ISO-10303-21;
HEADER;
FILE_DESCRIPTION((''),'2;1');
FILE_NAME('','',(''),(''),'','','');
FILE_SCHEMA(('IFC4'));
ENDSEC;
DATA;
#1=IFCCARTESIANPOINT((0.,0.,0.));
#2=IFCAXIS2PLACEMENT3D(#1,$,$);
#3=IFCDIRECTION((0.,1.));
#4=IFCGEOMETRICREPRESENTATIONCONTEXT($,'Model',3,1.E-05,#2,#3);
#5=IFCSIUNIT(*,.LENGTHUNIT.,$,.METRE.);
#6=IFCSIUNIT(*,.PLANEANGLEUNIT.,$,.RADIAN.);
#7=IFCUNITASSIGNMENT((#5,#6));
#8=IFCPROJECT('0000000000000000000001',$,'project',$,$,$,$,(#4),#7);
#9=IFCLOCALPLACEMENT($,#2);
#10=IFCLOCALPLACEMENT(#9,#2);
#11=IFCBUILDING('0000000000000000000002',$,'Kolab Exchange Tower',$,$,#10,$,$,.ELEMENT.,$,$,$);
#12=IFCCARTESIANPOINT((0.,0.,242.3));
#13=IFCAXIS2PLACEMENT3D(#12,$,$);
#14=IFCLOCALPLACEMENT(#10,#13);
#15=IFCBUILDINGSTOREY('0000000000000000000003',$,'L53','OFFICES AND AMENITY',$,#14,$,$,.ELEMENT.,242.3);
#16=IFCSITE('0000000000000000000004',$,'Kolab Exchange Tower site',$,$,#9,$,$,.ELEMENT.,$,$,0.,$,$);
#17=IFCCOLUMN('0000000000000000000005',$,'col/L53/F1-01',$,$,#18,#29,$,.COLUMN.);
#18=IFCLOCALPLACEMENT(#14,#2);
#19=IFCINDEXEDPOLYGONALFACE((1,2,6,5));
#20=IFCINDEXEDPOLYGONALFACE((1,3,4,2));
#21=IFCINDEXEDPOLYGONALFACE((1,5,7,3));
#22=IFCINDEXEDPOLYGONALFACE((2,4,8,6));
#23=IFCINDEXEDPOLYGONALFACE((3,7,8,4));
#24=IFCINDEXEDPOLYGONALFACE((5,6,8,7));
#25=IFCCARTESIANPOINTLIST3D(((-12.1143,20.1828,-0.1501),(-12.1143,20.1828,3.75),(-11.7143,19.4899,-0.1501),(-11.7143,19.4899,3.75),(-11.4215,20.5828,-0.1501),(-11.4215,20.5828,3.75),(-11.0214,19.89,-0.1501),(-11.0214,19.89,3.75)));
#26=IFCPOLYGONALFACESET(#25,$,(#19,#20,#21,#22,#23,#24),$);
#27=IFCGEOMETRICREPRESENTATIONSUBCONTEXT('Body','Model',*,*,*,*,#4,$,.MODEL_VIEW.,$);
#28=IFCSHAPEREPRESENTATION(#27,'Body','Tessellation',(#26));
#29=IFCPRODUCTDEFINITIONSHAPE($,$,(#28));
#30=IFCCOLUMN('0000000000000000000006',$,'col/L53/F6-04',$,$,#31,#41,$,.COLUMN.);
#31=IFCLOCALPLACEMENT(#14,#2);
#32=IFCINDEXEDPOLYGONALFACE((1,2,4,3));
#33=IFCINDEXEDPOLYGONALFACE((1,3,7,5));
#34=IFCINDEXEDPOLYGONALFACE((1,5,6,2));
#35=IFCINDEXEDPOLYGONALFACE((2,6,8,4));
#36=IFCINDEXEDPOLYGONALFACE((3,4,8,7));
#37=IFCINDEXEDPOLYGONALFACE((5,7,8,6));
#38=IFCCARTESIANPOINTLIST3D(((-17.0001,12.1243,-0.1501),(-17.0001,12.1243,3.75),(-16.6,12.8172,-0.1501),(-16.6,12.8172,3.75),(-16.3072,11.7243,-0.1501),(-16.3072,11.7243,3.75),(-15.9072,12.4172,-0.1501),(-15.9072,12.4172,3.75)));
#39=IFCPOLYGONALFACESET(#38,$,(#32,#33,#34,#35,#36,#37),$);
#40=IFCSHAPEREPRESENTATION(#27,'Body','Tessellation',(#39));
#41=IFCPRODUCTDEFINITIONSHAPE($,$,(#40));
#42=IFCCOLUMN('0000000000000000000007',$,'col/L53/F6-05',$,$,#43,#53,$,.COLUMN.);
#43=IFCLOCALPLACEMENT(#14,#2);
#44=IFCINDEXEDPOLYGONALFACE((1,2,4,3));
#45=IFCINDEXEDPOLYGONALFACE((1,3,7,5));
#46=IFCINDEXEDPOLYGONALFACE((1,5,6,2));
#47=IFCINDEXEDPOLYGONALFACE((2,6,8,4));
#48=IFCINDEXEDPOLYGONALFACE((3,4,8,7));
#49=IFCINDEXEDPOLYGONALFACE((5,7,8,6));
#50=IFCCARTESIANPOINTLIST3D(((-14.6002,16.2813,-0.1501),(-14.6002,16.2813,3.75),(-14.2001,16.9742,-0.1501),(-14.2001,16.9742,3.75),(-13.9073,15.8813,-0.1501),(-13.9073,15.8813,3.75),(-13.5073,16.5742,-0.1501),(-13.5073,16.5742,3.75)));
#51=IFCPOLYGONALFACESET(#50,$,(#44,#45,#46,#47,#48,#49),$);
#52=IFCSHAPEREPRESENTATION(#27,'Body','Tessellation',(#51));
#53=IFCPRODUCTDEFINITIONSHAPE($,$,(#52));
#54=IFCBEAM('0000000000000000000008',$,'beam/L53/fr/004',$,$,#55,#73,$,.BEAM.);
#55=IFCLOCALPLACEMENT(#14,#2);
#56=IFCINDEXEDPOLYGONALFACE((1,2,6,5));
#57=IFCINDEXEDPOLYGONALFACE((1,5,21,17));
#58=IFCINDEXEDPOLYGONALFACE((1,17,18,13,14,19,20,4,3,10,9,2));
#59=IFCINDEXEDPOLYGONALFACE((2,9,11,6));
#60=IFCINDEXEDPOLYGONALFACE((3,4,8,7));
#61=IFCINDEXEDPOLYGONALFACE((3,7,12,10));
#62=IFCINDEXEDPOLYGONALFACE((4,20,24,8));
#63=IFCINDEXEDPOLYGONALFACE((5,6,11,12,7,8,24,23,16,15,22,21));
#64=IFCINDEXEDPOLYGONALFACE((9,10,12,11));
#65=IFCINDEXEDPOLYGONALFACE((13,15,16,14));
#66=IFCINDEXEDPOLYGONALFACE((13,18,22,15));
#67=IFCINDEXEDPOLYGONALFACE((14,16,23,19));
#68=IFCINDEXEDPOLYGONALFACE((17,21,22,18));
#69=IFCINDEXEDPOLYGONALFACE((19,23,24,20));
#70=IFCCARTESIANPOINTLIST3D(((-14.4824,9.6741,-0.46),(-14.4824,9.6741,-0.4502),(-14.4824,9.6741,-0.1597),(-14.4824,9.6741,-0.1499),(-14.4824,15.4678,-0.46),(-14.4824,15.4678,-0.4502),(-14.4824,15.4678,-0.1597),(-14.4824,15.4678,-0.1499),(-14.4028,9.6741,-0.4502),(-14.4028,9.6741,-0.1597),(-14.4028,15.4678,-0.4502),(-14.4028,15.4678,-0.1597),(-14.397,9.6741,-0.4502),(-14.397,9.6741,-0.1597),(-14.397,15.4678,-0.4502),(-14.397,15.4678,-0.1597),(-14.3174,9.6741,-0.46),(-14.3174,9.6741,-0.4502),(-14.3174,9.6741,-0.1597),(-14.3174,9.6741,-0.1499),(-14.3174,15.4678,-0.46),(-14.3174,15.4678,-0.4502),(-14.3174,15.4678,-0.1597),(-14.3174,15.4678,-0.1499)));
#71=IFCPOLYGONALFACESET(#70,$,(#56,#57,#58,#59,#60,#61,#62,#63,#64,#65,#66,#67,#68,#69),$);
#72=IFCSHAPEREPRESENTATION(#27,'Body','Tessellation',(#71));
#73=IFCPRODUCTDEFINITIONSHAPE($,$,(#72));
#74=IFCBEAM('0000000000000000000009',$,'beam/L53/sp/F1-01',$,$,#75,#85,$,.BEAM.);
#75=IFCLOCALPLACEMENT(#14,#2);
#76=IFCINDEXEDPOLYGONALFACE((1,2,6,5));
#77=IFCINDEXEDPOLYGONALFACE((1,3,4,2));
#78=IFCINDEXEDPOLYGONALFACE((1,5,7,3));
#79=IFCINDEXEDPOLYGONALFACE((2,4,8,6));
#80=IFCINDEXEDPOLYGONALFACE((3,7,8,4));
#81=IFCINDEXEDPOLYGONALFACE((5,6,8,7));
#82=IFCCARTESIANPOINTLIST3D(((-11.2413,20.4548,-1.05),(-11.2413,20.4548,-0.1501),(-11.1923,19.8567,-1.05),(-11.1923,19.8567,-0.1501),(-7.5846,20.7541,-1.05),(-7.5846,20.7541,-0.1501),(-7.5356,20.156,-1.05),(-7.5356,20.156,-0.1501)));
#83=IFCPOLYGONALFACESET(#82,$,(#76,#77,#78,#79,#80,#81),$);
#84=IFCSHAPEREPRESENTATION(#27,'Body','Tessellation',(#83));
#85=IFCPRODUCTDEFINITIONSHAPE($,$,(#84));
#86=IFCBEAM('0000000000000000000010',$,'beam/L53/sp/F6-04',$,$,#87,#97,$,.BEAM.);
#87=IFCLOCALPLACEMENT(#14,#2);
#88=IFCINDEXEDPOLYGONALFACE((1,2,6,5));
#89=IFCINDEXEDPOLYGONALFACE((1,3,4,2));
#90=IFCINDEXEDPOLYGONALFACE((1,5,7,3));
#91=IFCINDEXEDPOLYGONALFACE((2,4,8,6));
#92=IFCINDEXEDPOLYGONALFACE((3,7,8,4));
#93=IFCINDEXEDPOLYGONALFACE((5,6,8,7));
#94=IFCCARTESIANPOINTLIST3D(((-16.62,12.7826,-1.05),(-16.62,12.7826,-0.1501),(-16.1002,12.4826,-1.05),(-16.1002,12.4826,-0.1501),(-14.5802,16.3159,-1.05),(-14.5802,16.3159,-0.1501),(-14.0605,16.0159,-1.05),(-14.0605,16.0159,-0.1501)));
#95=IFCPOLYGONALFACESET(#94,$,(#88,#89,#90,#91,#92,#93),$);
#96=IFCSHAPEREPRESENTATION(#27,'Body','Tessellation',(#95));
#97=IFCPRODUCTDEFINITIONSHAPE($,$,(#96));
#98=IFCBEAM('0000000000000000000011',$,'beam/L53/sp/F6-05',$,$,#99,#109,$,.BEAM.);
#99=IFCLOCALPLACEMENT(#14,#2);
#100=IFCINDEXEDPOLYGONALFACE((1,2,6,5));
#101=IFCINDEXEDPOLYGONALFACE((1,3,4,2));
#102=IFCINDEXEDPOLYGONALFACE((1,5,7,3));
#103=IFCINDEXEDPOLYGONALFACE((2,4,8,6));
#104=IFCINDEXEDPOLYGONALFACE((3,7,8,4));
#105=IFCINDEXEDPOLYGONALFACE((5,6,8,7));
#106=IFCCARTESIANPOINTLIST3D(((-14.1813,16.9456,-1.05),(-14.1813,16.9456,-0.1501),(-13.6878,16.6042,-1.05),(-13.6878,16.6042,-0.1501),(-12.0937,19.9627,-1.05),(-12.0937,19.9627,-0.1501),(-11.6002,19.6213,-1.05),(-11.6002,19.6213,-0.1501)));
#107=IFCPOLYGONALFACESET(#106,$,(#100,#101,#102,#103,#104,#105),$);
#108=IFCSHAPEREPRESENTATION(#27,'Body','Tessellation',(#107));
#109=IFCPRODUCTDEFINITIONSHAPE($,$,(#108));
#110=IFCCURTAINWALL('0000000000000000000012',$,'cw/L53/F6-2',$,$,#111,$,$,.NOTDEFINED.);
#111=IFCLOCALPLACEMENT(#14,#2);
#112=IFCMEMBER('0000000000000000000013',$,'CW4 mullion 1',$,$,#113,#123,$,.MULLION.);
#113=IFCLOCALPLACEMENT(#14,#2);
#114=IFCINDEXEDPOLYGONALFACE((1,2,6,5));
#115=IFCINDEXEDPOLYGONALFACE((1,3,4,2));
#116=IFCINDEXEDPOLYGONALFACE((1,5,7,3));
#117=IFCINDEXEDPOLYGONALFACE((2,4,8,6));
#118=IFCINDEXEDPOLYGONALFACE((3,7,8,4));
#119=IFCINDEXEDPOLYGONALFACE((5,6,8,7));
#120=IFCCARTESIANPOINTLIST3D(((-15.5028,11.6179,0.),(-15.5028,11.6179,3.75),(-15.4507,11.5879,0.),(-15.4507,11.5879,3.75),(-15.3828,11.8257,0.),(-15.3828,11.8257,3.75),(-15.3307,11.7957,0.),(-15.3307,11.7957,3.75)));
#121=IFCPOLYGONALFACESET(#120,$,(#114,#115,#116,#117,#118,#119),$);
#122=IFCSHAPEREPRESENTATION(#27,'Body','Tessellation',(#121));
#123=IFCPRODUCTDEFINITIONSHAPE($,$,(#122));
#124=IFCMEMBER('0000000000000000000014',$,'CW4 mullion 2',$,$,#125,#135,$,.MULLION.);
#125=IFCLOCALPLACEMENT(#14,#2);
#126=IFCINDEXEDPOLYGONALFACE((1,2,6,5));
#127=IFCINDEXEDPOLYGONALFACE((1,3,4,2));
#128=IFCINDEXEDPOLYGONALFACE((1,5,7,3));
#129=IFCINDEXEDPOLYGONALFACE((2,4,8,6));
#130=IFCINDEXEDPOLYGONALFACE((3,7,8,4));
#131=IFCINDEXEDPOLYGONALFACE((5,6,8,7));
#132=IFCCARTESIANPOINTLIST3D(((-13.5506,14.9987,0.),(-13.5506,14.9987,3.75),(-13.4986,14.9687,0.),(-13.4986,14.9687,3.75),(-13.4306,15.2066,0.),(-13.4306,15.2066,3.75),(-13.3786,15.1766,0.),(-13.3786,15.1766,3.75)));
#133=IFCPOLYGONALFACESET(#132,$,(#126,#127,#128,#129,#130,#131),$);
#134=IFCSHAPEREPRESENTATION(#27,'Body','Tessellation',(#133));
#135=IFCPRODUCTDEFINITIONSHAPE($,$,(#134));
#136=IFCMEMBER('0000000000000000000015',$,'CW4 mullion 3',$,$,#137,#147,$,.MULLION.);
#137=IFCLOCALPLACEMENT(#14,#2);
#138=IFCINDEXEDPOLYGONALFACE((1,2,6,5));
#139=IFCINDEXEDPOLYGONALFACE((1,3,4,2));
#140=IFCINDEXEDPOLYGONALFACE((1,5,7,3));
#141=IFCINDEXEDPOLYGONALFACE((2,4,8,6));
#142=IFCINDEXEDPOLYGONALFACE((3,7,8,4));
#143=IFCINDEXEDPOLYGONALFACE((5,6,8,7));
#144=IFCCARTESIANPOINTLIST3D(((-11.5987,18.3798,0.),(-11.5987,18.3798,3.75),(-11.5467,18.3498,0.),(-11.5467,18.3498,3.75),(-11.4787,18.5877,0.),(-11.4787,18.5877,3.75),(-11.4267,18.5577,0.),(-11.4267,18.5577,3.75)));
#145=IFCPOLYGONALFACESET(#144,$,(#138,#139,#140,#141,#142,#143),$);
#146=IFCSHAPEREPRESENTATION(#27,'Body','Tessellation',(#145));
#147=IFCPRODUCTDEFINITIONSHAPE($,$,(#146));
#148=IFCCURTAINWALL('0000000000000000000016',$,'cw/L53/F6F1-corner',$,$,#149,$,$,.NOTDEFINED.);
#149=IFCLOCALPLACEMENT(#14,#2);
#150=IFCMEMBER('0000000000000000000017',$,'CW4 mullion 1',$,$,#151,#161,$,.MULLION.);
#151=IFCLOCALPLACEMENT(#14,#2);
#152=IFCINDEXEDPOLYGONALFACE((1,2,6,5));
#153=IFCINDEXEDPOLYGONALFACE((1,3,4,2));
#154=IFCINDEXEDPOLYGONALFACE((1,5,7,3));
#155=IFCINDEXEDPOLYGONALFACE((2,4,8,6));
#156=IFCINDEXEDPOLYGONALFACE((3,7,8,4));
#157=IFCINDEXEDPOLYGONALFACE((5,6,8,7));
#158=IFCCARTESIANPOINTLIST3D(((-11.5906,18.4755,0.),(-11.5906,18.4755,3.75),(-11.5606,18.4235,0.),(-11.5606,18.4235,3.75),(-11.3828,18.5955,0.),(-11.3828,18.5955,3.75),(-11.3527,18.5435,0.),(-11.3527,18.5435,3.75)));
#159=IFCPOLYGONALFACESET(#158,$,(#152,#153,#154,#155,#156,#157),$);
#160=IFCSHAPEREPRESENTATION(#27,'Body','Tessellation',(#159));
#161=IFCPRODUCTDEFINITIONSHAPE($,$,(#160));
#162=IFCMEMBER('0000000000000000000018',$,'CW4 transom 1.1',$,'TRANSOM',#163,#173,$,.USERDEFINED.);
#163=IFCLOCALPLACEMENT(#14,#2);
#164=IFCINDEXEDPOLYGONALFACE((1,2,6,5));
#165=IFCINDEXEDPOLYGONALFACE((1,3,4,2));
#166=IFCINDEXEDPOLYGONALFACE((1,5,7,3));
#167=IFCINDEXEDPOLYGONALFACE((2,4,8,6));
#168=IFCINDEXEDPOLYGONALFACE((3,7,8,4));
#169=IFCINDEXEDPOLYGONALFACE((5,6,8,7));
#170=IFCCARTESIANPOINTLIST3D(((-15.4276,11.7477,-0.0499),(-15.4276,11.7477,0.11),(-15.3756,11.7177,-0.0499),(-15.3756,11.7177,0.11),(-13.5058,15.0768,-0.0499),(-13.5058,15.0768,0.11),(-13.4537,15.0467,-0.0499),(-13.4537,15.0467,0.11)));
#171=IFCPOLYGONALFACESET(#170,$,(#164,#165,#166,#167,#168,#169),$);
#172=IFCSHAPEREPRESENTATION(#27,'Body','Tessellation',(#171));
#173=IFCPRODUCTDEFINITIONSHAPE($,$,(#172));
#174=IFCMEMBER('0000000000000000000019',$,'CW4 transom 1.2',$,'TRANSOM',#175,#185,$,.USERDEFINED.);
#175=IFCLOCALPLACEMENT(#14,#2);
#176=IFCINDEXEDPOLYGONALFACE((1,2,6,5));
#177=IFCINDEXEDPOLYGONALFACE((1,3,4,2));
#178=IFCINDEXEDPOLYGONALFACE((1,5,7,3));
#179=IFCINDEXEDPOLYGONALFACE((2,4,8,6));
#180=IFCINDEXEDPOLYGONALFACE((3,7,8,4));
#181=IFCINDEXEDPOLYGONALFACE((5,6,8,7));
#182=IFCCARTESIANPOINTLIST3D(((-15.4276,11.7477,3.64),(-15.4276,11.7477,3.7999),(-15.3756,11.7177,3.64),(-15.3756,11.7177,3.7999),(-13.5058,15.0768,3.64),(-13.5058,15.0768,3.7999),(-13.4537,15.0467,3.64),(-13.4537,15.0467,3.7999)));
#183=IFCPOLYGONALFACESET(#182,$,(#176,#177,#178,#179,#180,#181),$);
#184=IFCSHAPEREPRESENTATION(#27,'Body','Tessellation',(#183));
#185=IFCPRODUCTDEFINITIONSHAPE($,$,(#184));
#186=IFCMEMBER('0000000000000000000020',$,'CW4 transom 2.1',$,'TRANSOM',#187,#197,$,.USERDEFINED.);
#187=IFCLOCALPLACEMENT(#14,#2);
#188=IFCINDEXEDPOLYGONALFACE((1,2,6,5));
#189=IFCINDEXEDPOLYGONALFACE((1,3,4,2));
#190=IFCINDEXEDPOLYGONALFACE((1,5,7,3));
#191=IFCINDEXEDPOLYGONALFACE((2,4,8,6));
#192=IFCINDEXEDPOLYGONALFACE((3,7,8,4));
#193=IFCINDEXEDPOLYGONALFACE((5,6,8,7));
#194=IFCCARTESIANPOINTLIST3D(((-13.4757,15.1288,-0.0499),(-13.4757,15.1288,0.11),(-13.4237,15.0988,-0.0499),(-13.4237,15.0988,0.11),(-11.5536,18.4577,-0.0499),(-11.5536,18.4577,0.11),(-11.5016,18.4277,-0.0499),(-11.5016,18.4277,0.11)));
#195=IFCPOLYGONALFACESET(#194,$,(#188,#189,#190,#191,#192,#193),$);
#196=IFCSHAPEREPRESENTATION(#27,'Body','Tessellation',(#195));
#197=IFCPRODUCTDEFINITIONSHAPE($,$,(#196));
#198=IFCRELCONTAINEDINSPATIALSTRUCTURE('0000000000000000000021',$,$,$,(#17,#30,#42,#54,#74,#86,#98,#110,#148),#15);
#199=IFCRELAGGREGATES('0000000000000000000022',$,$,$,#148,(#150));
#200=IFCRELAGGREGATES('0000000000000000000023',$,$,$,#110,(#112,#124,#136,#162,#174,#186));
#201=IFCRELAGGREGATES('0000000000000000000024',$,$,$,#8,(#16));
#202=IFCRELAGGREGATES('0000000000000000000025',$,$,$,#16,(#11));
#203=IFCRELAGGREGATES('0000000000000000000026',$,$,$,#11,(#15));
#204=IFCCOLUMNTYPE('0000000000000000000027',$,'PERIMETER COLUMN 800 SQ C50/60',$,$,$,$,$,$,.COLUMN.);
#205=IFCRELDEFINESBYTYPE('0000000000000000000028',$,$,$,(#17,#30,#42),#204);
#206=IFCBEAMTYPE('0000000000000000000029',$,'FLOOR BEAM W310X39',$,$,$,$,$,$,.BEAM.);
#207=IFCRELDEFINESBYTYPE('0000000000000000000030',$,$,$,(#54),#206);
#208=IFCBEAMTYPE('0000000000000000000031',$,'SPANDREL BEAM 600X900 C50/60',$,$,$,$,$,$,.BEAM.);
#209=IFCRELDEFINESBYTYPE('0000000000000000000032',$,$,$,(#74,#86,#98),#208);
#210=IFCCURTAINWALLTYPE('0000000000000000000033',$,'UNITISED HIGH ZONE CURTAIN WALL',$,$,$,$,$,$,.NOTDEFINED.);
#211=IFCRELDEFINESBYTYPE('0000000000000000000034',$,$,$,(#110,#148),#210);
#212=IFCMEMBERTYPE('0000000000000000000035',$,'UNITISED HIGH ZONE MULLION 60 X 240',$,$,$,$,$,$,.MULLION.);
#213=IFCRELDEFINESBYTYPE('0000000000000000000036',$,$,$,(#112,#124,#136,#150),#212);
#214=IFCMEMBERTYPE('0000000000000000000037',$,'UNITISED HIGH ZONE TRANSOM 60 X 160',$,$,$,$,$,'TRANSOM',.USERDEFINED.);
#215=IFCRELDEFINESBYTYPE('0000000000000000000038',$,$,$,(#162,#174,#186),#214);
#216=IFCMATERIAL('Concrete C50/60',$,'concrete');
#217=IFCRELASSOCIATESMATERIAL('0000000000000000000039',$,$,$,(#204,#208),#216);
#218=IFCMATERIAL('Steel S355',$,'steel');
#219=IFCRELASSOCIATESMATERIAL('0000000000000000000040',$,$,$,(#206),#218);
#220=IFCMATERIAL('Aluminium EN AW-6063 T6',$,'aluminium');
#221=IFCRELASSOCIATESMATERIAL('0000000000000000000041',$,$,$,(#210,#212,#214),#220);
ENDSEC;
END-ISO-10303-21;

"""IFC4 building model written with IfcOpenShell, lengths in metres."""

from ifc_helpers import new_model, si_unit, direction, frame, origin, origin_2d, place, context, subcontext, project, spatial, rectangle, i_section, extrude, material, material_profile, profile_set, type_object, element, aggregate, save


model = new_model("IFC4")

# Units and contexts
model_context = context("Model", 3, precision=1e-05, world=origin(), true_north=direction((0.0, 1.0)))
body_context = subcontext(model_context, "Body", "Model", "MODEL_VIEW")
ifc_project = project(units=[si_unit("LENGTHUNIT", "METRE"), si_unit("PLANEANGLEUNIT", "RADIAN")], contexts=[model_context])

# Site, building, storey
site_placement = place(None, origin())
site = spatial("IfcSite", under=ifc_project, at=site_placement, Name="Kolab Exchange Tower site", CompositionType="ELEMENT", RefElevation=0.0)
building_placement = place(site_placement, origin())
building = spatial("IfcBuilding", under=site, at=building_placement, Name="Kolab Exchange Tower", CompositionType="ELEMENT")
storey_placement = place(building_placement, frame((0.0, 0.0, 242.3)))
storey = spatial("IfcBuildingStorey", under=building, at=storey_placement, Name="L53", Description="OFFICES AND AMENITY", CompositionType="ELEMENT", Elevation=242.3)

# Columns
ifc_material_1 = material(Name="Concrete C50/60", Category="concrete")
ifc_material_profile_1 = material_profile(ifc_material_1, rectangle(XDim=0.8, YDim=0.8, at=origin_2d()), Name="RC800")
ifc_profile_set_1 = profile_set([ifc_material_profile_1], Name="Concrete C50/60")
column_type = type_object("IfcColumnType", Name="PERIMETER COLUMN 800 SQ C50/60", PredefinedType="COLUMN", material=ifc_profile_set_1)
for number, where, z_axis, x_axis, name in (
    (1, (-11.5679, 20.0364, -0.1501), (0.0, 0.0, 1.0), (0.866025, 0.5, 0.0), "col/L53/F1-01"),
    (2, (-16.4536, 12.2708, -0.1501), (0.0, 0.0, 1.0), (0.5, 0.866025, 0.0), "col/L53/F6-04"),
    (3, (-14.0537, 16.4277, -0.1501), (0.0, 0.0, 1.0), (0.5, 0.866025, 0.0), "col/L53/F6-05"),
):
    element("IfcColumn", number, at=place(storey_placement, frame(where, z_axis=z_axis, x_axis=x_axis)), inside=storey, type_object=column_type, Name=name, PredefinedType="COLUMN", context=body_context, shape_type="SweptSolid", body=[
        extrude(rectangle(XDim=0.8, YDim=0.8, at=origin_2d()), origin(), (0.0, 0.0, 1.0), 3.9001),
    ])

# Beams
ifc_material_2 = material(Name="Steel S355", Category="steel")
ifc_material_profile_2 = material_profile(ifc_material_2, i_section(OverallWidth=0.165, OverallDepth=0.3101, WebThickness=0.0059, FlangeThickness=0.0098, at=origin_2d()), Name="W310X39")
ifc_profile_set_2 = profile_set([ifc_material_profile_2], Name="Steel S355")
beam_type_1 = type_object("IfcBeamType", Name="FLOOR BEAM W310X39", PredefinedType="BEAM", material=ifc_profile_set_2)
beam_1_placement = place(storey_placement, frame((-14.3999, 9.6741, -0.3049), z_axis=(0.0, 1.0, 0.0), x_axis=(-1.0, 0.0, 0.0)))
element("IfcBeam", 4, at=beam_1_placement, inside=storey, type_object=beam_type_1, Name="beam/L53/fr/004", PredefinedType="BEAM", context=body_context, shape_type="SweptSolid", body=[
    extrude(i_section(OverallWidth=0.165, OverallDepth=0.3101, WebThickness=0.0059, FlangeThickness=0.0098, at=origin_2d()), origin(), (0.0, 0.0, 1.0), 5.7937),
])
ifc_material_profile_3 = material_profile(ifc_material_1, rectangle(XDim=0.6001, YDim=0.8999, at=origin_2d()), Name="RC600X900")
ifc_profile_set_3 = profile_set([ifc_material_profile_3], Name="Concrete C50/60")
beam_type_2 = type_object("IfcBeamType", Name="SPANDREL BEAM 600X900 C50/60", PredefinedType="BEAM", material=ifc_profile_set_3)
beam_2_placement = place(storey_placement, frame((-11.2168, 20.1558, -0.6001), z_axis=(0.996667, 0.081581, 0.0), x_axis=(-0.081581, 0.996667, 0.0)))
element("IfcBeam", 5, at=beam_2_placement, inside=storey, type_object=beam_type_2, Name="beam/L53/sp/F1-01", PredefinedType="BEAM", context=body_context, shape_type="SweptSolid", body=[
    extrude(rectangle(XDim=0.6001, YDim=0.8999, at=origin_2d()), origin(), (0.0, 0.0, 1.0), 3.6689),
])
beam_3_placement = place(storey_placement, frame((-16.3601, 12.6326, -0.6001), z_axis=(0.499956, 0.866051, 0.0), x_axis=(-0.866051, 0.499956, 0.0)))
element("IfcBeam", 6, at=beam_3_placement, inside=storey, type_object=beam_type_2, Name="beam/L53/sp/F6-04", PredefinedType="BEAM", context=body_context, shape_type="SweptSolid", body=[
    extrude(rectangle(XDim=0.6001, YDim=0.8999, at=origin_2d()), origin(), (0.0, 0.0, 1.0), 4.0798),
])
beam_4_placement = place(storey_placement, frame((-13.9346, 16.7749, -0.6001), z_axis=(0.569006, 0.822334, 0.0), x_axis=(-0.822334, 0.569006, 0.0)))
element("IfcBeam", 7, at=beam_4_placement, inside=storey, type_object=beam_type_2, Name="beam/L53/sp/F6-05", PredefinedType="BEAM", context=body_context, shape_type="SweptSolid", body=[
    extrude(rectangle(XDim=0.6001, YDim=0.8999, at=origin_2d()), origin(), (0.0, 0.0, 1.0), 3.6689),
])

# Curtain wall, members
ifc_material_3 = material(Name="Aluminium EN AW-6063 T6", Category="aluminium")
curtain_wall_type = type_object("IfcCurtainWallType", Name="UNITISED HIGH ZONE CURTAIN WALL", PredefinedType="NOTDEFINED", material=ifc_material_3)
curtain_wall_1_placement = place(storey_placement, origin())
curtain_wall_1 = element("IfcCurtainWall", 8, at=curtain_wall_1_placement, inside=storey, type_object=curtain_wall_type, Name="cw/L53/F6-2", PredefinedType="NOTDEFINED")
ifc_material_profile_4 = material_profile(ifc_material_3, rectangle(XDim=0.0601, YDim=0.24, at=origin_2d()), Name="RECT 60X240")
ifc_profile_set_4 = profile_set([ifc_material_profile_4], Name="Aluminium EN AW-6063 T6")
member_type_1 = type_object("IfcMemberType", Name="UNITISED HIGH ZONE MULLION 60 X 240", PredefinedType="MULLION", material=ifc_profile_set_4)
member_1_placement = place(storey_placement, frame((-15.4167, 11.7068, 0.0), z_axis=(0.0, 0.0, 1.0), x_axis=(-0.866025, 0.5, 0.0)))
member_1 = element("IfcMember", 9, at=member_1_placement, type_object=member_type_1, Name="CW4 mullion 1", PredefinedType="MULLION", context=body_context, shape_type="SweptSolid", body=[
    extrude(rectangle(XDim=0.0601, YDim=0.24, at=origin_2d()), origin(), (0.0, 0.0, 1.0), 3.75),
])
member_2_placement = place(storey_placement, frame((-13.4646, 15.0876, 0.0), z_axis=(0.0, 0.0, 1.0), x_axis=(-0.866025, 0.5, 0.0)))
member_2 = element("IfcMember", 10, at=member_2_placement, type_object=member_type_1, Name="CW4 mullion 2", PredefinedType="MULLION", context=body_context, shape_type="SweptSolid", body=[
    extrude(rectangle(XDim=0.0601, YDim=0.24, at=origin_2d()), origin(), (0.0, 0.0, 1.0), 3.75),
])
member_3_placement = place(storey_placement, frame((-11.5127, 18.4688, 0.0), z_axis=(0.0, 0.0, 1.0), x_axis=(-0.866025, 0.5, 0.0)))
member_3 = element("IfcMember", 11, at=member_3_placement, type_object=member_type_1, Name="CW4 mullion 3", PredefinedType="MULLION", context=body_context, shape_type="SweptSolid", body=[
    extrude(rectangle(XDim=0.0601, YDim=0.24, at=origin_2d()), origin(), (0.0, 0.0, 1.0), 3.75),
])

# Curtain wall, member
curtain_wall_2_placement = place(storey_placement, origin())
curtain_wall_2 = element("IfcCurtainWall", 12, at=curtain_wall_2_placement, inside=storey, type_object=curtain_wall_type, Name="cw/L53/F6F1-corner", PredefinedType="NOTDEFINED")
member_4_placement = place(storey_placement, frame((-11.4717, 18.5095, 0.0), z_axis=(0.0, 0.0, 1.0), x_axis=(-0.5, 0.866025, 0.0)))
member_4 = element("IfcMember", 13, at=member_4_placement, type_object=member_type_1, Name="CW4 mullion 1", PredefinedType="MULLION", context=body_context, shape_type="SweptSolid", body=[
    extrude(rectangle(XDim=0.0601, YDim=0.24, at=origin_2d()), origin(), (0.0, 0.0, 1.0), 3.75),
])

# Members
ifc_material_profile_5 = material_profile(ifc_material_3, rectangle(XDim=0.0601, YDim=0.1599, at=origin_2d()), Name="RECT 60X160")
ifc_profile_set_5 = profile_set([ifc_material_profile_5], Name="Aluminium EN AW-6063 T6")
member_type_2 = type_object("IfcMemberType", Name="UNITISED HIGH ZONE TRANSOM 60 X 160", ElementType="TRANSOM", PredefinedType="USERDEFINED", material=ifc_profile_set_5)
member_5_placement = place(storey_placement, frame((-15.4016, 11.7327, 0.03), z_axis=(0.499964, 0.866046, 0.0), x_axis=(-0.866046, 0.499964, 0.0)))
member_5 = element("IfcMember", 14, at=member_5_placement, type_object=member_type_2, Name="CW4 transom 1.1", ObjectType="TRANSOM", PredefinedType="USERDEFINED", context=body_context, shape_type="SweptSolid", body=[
    extrude(rectangle(XDim=0.0601, YDim=0.1599, at=origin_2d()), origin(), (0.0, 0.0, 1.0), 3.844),
])
member_6_placement = place(storey_placement, frame((-15.4016, 11.7327, 3.72), z_axis=(0.499964, 0.866046, 0.0), x_axis=(-0.866046, 0.499964, 0.0)))
member_6 = element("IfcMember", 15, at=member_6_placement, type_object=member_type_2, Name="CW4 transom 1.2", ObjectType="TRANSOM", PredefinedType="USERDEFINED", context=body_context, shape_type="SweptSolid", body=[
    extrude(rectangle(XDim=0.0601, YDim=0.1599, at=origin_2d()), origin(), (0.0, 0.0, 1.0), 3.844),
])
member_7_placement = place(storey_placement, frame((-13.4497, 15.1138, 0.03), z_axis=(0.500039, 0.866003, 0.0), x_axis=(-0.866003, 0.500039, 0.0)))
member_7 = element("IfcMember", 16, at=member_7_placement, type_object=member_type_2, Name="CW4 transom 2.1", ObjectType="TRANSOM", PredefinedType="USERDEFINED", context=body_context, shape_type="SweptSolid", body=[
    extrude(rectangle(XDim=0.0601, YDim=0.1599, at=origin_2d()), origin(), (0.0, 0.0, 1.0), 3.844),
])
aggregate(curtain_wall_2, [member_4])

aggregate(curtain_wall_1, [member_1, member_2, member_3, member_5, member_6, member_7])

save(model, "model.ifc")
